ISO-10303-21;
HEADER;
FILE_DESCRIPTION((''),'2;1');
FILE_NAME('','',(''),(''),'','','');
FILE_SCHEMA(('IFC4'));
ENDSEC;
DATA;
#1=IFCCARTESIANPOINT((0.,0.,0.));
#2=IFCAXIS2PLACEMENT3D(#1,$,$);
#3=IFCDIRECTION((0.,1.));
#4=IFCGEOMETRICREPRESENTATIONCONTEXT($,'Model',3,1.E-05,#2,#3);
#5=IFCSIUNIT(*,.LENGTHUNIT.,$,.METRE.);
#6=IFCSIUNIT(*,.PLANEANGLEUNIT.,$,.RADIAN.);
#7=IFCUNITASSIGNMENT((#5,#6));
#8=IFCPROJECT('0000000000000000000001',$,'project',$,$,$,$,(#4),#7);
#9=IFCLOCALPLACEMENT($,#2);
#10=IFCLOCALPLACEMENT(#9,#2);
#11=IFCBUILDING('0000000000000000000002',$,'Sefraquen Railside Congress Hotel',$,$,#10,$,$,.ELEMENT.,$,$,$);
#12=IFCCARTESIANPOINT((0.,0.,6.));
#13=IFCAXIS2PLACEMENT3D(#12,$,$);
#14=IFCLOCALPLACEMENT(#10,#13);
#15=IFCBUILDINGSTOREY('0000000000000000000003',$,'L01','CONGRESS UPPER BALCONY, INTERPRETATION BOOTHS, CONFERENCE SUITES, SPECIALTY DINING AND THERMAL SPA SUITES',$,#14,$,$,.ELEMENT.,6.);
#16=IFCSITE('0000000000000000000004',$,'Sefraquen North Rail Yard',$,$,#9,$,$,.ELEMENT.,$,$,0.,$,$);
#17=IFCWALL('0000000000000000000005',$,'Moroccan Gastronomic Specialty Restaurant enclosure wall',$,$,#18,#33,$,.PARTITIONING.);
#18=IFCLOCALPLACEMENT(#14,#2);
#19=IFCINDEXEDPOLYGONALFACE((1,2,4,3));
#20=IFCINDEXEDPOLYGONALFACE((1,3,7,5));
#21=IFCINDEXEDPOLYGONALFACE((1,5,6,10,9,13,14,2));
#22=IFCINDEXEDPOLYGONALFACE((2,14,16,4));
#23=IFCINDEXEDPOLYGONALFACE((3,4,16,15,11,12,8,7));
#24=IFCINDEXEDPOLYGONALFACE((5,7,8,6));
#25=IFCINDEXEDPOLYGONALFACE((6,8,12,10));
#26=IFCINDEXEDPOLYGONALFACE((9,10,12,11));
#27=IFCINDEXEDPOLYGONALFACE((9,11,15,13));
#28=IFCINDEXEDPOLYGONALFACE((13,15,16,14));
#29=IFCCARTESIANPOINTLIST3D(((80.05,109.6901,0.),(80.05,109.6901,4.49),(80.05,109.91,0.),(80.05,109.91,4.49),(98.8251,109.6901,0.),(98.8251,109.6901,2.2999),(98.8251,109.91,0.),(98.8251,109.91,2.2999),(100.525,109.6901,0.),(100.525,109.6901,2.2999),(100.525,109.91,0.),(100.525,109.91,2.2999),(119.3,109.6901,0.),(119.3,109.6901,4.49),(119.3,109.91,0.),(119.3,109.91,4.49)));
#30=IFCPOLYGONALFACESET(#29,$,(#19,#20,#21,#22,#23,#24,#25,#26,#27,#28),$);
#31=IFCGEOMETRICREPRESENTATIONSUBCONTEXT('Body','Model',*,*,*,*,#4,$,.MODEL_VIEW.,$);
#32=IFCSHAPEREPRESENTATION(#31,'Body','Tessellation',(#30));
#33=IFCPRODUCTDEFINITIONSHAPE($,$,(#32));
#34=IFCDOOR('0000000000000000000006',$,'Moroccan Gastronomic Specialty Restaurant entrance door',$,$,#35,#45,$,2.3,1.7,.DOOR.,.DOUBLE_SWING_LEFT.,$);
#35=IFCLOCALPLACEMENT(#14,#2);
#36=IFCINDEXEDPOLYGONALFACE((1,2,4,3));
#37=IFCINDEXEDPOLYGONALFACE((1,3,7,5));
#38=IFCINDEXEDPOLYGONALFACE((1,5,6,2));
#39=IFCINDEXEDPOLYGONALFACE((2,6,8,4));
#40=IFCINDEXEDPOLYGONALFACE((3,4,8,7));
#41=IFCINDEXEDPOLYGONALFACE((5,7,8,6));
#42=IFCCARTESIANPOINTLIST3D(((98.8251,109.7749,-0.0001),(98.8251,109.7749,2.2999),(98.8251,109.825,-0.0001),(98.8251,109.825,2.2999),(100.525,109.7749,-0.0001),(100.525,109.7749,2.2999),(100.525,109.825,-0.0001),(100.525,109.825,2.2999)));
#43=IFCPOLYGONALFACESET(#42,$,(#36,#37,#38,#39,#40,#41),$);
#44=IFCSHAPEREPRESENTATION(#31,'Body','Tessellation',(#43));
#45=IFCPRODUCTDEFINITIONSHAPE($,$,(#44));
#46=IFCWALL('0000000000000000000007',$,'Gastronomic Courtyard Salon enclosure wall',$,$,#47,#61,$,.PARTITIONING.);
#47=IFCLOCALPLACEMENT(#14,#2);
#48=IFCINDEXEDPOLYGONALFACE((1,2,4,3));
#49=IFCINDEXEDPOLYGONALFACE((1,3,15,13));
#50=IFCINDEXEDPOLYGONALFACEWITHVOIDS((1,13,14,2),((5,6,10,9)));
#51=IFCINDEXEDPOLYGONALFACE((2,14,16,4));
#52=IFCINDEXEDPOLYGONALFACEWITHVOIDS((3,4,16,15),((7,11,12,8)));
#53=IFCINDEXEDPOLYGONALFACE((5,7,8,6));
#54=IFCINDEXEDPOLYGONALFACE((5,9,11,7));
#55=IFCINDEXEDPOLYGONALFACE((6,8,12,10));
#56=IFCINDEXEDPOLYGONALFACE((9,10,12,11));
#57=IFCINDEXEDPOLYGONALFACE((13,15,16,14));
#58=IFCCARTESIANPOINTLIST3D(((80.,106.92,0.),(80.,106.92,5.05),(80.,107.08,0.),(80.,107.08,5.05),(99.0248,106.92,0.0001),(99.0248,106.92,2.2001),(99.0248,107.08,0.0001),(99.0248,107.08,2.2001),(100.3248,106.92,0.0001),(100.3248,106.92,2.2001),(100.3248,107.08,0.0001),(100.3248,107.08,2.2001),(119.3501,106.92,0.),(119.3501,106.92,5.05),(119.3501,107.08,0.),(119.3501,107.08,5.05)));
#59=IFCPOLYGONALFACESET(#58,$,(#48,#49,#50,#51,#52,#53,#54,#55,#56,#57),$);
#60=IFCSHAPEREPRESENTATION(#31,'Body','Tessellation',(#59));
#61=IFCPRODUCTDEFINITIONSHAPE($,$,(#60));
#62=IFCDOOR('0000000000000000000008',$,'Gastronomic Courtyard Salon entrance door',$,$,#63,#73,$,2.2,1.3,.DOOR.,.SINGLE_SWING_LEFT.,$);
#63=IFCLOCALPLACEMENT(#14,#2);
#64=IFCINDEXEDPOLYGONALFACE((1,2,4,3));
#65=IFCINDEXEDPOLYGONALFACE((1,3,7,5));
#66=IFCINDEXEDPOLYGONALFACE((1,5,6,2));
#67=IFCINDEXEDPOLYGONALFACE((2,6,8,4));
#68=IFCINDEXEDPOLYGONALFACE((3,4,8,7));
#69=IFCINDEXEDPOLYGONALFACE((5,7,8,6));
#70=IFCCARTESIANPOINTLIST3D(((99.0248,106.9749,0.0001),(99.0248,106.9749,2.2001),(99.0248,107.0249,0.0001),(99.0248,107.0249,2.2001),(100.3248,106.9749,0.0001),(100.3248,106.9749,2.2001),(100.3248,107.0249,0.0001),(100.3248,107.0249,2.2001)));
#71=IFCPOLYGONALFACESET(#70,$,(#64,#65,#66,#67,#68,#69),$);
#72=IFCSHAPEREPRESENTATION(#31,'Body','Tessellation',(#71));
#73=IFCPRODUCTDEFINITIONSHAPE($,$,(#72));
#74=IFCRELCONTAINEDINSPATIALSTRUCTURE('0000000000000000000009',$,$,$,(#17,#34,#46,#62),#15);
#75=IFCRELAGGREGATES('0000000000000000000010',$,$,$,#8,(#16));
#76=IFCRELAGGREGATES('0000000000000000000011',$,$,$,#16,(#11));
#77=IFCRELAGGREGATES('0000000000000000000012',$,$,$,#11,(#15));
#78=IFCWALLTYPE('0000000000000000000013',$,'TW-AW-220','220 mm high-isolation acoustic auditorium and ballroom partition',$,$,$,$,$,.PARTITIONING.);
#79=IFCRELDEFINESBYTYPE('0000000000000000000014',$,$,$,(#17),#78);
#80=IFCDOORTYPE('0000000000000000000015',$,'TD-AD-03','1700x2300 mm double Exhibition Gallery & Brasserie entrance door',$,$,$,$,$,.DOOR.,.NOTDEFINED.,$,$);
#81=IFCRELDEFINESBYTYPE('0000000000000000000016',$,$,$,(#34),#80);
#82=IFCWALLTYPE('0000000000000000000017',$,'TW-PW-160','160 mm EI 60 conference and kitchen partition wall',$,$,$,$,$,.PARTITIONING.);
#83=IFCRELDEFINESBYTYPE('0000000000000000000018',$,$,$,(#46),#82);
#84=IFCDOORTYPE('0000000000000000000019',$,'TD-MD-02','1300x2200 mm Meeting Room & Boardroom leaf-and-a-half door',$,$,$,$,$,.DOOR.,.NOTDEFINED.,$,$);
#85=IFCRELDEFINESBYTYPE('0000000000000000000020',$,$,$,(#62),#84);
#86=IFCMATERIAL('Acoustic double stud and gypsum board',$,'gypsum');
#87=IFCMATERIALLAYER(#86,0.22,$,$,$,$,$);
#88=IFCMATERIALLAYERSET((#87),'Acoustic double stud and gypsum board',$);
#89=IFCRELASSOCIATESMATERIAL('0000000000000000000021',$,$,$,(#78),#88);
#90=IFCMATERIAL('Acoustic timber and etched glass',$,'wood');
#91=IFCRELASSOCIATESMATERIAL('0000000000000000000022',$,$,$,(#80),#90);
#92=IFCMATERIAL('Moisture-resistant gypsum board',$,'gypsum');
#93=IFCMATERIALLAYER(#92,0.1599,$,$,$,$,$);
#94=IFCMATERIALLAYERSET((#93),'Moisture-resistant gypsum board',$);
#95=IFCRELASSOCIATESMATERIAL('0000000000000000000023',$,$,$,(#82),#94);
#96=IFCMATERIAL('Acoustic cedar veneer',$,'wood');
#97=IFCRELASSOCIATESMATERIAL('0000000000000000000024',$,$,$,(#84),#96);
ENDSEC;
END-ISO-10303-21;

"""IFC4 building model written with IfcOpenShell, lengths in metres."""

from ifc_helpers import new_model, si_unit, direction, frame, frame_2d, origin, place, context, subcontext, project, spatial, rectangle, extrude, material, layer, layer_set, type_object, element, fill, save


model = new_model("IFC4")

# Units and contexts
model_context = context("Model", 3, precision=1e-05, world=origin(), true_north=direction((0.0, 1.0)))
body_context = subcontext(model_context, "Body", "Model", "MODEL_VIEW")
ifc_project = project(units=[si_unit("LENGTHUNIT", "METRE"), si_unit("PLANEANGLEUNIT", "RADIAN")], contexts=[model_context])

# Site, building, storey
site_placement = place(None, origin())
site = spatial("IfcSite", under=ifc_project, at=site_placement, Name="Sefraquen North Rail Yard", CompositionType="ELEMENT", RefElevation=0.0)
building_placement = place(site_placement, origin())
building = spatial("IfcBuilding", under=site, at=building_placement, Name="Sefraquen Railside Congress Hotel", CompositionType="ELEMENT")
storey_placement = place(building_placement, frame((0.0, 0.0, 6.0)))
storey = spatial("IfcBuildingStorey", under=building, at=storey_placement, Name="L01", Description="CONGRESS UPPER BALCONY, INTERPRETATION BOOTHS, CONFERENCE SUITES, SPECIALTY DINING AND THERMAL SPA SUITES", CompositionType="ELEMENT", Elevation=6.0)

# Walls, openings, doors
ifc_material_1 = material(Name="Acoustic double stud and gypsum board", Category="gypsum")
ifc_layer_1 = layer(ifc_material_1, 0.22)
ifc_layer_set_1 = layer_set([ifc_layer_1], Name="Acoustic double stud and gypsum board")
wall_type_1 = type_object("IfcWallType", Name="TW-AW-220", Description="220 mm high-isolation acoustic auditorium and ballroom partition", PredefinedType="PARTITIONING", material=ifc_layer_set_1)
wall_1_placement = place(storey_placement, frame((80.05, 109.8, 0.0), z_axis=(0.0, 0.0, 1.0), x_axis=(1.0, 0.0, 0.0)))
wall_1 = element("IfcWall", 1, at=wall_1_placement, inside=storey, type_object=wall_type_1, Name="Moroccan Gastronomic Specialty Restaurant enclosure wall", PredefinedType="PARTITIONING", context=body_context, shape_type="SweptSolid", body=[
    extrude(rectangle(XDim=39.25, YDim=0.22, at=frame_2d((19.625, 0.0))), origin(), (0.0, 0.0, 1.0), 4.49),
])
opening_1_placement = place(wall_1_placement, frame((18.7749, 0.0, 0.0)))
opening_1 = element("IfcOpeningElement", 2, at=opening_1_placement, cuts=wall_1, PredefinedType="OPENING", context=body_context, shape_type="SweptSolid", body=[
    extrude(rectangle(XDim=1.7, YDim=2.3, at=frame_2d((0.8501, 1.1499))), frame((0.0, 0.1199, 0.0), z_axis=(0.0, -1.0, 0.0), x_axis=(1.0, 0.0, 0.0)), (0.0, 0.0, 1.0), 0.24),
])
ifc_material_2 = material(Name="Acoustic timber and etched glass", Category="wood")
door_type_1 = type_object("IfcDoorType", Name="TD-AD-03", Description="1700x2300 mm double Exhibition Gallery & Brasserie entrance door", OperationType="NOTDEFINED", PredefinedType="DOOR", material=ifc_material_2)
door_1_placement = place(opening_1_placement, origin())
door_1 = element("IfcDoor", 3, at=door_1_placement, inside=storey, type_object=door_type_1, Name="Moroccan Gastronomic Specialty Restaurant entrance door", OperationType="DOUBLE_SWING_LEFT", OverallHeight=2.3, OverallWidth=1.7, PredefinedType="DOOR", context=body_context, shape_type="SweptSolid", body=[
    extrude(rectangle(XDim=1.7, YDim=2.3, at=frame_2d((0.8501, 1.1499))), frame((0.0, 0.0249, 0.0), z_axis=(0.0, -1.0, 0.0), x_axis=(1.0, 0.0, 0.0)), (0.0, 0.0, 1.0), 0.05),
])
fill(opening_1, door_1)
ifc_material_3 = material(Name="Moisture-resistant gypsum board", Category="gypsum")
ifc_layer_2 = layer(ifc_material_3, 0.1599)
ifc_layer_set_2 = layer_set([ifc_layer_2], Name="Moisture-resistant gypsum board")
wall_type_2 = type_object("IfcWallType", Name="TW-PW-160", Description="160 mm EI 60 conference and kitchen partition wall", PredefinedType="PARTITIONING", material=ifc_layer_set_2)
wall_2_placement = place(storey_placement, frame((80.0, 107.0, 0.0), z_axis=(0.0, 0.0, 1.0), x_axis=(1.0, 0.0, 0.0)))
wall_2 = element("IfcWall", 4, at=wall_2_placement, inside=storey, type_object=wall_type_2, Name="Gastronomic Courtyard Salon enclosure wall", PredefinedType="PARTITIONING", context=body_context, shape_type="SweptSolid", body=[
    extrude(rectangle(XDim=39.3501, YDim=0.1599, at=frame_2d((19.675, 0.0))), origin(), (0.0, 0.0, 1.0), 5.05),
])
opening_2_placement = place(wall_2_placement, frame((19.0249, 0.0, 0.0)))
opening_2 = element("IfcOpeningElement", 5, at=opening_2_placement, cuts=wall_2, PredefinedType="OPENING", context=body_context, shape_type="SweptSolid", body=[
    extrude(rectangle(XDim=1.3, YDim=2.2, at=frame_2d((0.6499, 1.1001))), frame((0.0, 0.0898, 0.0), z_axis=(0.0, -1.0, 0.0), x_axis=(1.0, 0.0, 0.0)), (0.0, 0.0, 1.0), 0.1799),
])
ifc_material_4 = material(Name="Acoustic cedar veneer", Category="wood")
door_type_2 = type_object("IfcDoorType", Name="TD-MD-02", Description="1300x2200 mm Meeting Room & Boardroom leaf-and-a-half door", OperationType="NOTDEFINED", PredefinedType="DOOR", material=ifc_material_4)
door_2_placement = place(opening_2_placement, origin())
door_2 = element("IfcDoor", 6, at=door_2_placement, inside=storey, type_object=door_type_2, Name="Gastronomic Courtyard Salon entrance door", OperationType="SINGLE_SWING_LEFT", OverallHeight=2.2, OverallWidth=1.3, PredefinedType="DOOR", context=body_context, shape_type="SweptSolid", body=[
    extrude(rectangle(XDim=1.3, YDim=2.2, at=frame_2d((0.6499, 1.1001))), frame((0.0, 0.0249, 0.0), z_axis=(0.0, -1.0, 0.0), x_axis=(1.0, 0.0, 0.0)), (0.0, 0.0, 1.0), 0.05),
])
fill(opening_2, door_2)

save(model, "model.ifc")
